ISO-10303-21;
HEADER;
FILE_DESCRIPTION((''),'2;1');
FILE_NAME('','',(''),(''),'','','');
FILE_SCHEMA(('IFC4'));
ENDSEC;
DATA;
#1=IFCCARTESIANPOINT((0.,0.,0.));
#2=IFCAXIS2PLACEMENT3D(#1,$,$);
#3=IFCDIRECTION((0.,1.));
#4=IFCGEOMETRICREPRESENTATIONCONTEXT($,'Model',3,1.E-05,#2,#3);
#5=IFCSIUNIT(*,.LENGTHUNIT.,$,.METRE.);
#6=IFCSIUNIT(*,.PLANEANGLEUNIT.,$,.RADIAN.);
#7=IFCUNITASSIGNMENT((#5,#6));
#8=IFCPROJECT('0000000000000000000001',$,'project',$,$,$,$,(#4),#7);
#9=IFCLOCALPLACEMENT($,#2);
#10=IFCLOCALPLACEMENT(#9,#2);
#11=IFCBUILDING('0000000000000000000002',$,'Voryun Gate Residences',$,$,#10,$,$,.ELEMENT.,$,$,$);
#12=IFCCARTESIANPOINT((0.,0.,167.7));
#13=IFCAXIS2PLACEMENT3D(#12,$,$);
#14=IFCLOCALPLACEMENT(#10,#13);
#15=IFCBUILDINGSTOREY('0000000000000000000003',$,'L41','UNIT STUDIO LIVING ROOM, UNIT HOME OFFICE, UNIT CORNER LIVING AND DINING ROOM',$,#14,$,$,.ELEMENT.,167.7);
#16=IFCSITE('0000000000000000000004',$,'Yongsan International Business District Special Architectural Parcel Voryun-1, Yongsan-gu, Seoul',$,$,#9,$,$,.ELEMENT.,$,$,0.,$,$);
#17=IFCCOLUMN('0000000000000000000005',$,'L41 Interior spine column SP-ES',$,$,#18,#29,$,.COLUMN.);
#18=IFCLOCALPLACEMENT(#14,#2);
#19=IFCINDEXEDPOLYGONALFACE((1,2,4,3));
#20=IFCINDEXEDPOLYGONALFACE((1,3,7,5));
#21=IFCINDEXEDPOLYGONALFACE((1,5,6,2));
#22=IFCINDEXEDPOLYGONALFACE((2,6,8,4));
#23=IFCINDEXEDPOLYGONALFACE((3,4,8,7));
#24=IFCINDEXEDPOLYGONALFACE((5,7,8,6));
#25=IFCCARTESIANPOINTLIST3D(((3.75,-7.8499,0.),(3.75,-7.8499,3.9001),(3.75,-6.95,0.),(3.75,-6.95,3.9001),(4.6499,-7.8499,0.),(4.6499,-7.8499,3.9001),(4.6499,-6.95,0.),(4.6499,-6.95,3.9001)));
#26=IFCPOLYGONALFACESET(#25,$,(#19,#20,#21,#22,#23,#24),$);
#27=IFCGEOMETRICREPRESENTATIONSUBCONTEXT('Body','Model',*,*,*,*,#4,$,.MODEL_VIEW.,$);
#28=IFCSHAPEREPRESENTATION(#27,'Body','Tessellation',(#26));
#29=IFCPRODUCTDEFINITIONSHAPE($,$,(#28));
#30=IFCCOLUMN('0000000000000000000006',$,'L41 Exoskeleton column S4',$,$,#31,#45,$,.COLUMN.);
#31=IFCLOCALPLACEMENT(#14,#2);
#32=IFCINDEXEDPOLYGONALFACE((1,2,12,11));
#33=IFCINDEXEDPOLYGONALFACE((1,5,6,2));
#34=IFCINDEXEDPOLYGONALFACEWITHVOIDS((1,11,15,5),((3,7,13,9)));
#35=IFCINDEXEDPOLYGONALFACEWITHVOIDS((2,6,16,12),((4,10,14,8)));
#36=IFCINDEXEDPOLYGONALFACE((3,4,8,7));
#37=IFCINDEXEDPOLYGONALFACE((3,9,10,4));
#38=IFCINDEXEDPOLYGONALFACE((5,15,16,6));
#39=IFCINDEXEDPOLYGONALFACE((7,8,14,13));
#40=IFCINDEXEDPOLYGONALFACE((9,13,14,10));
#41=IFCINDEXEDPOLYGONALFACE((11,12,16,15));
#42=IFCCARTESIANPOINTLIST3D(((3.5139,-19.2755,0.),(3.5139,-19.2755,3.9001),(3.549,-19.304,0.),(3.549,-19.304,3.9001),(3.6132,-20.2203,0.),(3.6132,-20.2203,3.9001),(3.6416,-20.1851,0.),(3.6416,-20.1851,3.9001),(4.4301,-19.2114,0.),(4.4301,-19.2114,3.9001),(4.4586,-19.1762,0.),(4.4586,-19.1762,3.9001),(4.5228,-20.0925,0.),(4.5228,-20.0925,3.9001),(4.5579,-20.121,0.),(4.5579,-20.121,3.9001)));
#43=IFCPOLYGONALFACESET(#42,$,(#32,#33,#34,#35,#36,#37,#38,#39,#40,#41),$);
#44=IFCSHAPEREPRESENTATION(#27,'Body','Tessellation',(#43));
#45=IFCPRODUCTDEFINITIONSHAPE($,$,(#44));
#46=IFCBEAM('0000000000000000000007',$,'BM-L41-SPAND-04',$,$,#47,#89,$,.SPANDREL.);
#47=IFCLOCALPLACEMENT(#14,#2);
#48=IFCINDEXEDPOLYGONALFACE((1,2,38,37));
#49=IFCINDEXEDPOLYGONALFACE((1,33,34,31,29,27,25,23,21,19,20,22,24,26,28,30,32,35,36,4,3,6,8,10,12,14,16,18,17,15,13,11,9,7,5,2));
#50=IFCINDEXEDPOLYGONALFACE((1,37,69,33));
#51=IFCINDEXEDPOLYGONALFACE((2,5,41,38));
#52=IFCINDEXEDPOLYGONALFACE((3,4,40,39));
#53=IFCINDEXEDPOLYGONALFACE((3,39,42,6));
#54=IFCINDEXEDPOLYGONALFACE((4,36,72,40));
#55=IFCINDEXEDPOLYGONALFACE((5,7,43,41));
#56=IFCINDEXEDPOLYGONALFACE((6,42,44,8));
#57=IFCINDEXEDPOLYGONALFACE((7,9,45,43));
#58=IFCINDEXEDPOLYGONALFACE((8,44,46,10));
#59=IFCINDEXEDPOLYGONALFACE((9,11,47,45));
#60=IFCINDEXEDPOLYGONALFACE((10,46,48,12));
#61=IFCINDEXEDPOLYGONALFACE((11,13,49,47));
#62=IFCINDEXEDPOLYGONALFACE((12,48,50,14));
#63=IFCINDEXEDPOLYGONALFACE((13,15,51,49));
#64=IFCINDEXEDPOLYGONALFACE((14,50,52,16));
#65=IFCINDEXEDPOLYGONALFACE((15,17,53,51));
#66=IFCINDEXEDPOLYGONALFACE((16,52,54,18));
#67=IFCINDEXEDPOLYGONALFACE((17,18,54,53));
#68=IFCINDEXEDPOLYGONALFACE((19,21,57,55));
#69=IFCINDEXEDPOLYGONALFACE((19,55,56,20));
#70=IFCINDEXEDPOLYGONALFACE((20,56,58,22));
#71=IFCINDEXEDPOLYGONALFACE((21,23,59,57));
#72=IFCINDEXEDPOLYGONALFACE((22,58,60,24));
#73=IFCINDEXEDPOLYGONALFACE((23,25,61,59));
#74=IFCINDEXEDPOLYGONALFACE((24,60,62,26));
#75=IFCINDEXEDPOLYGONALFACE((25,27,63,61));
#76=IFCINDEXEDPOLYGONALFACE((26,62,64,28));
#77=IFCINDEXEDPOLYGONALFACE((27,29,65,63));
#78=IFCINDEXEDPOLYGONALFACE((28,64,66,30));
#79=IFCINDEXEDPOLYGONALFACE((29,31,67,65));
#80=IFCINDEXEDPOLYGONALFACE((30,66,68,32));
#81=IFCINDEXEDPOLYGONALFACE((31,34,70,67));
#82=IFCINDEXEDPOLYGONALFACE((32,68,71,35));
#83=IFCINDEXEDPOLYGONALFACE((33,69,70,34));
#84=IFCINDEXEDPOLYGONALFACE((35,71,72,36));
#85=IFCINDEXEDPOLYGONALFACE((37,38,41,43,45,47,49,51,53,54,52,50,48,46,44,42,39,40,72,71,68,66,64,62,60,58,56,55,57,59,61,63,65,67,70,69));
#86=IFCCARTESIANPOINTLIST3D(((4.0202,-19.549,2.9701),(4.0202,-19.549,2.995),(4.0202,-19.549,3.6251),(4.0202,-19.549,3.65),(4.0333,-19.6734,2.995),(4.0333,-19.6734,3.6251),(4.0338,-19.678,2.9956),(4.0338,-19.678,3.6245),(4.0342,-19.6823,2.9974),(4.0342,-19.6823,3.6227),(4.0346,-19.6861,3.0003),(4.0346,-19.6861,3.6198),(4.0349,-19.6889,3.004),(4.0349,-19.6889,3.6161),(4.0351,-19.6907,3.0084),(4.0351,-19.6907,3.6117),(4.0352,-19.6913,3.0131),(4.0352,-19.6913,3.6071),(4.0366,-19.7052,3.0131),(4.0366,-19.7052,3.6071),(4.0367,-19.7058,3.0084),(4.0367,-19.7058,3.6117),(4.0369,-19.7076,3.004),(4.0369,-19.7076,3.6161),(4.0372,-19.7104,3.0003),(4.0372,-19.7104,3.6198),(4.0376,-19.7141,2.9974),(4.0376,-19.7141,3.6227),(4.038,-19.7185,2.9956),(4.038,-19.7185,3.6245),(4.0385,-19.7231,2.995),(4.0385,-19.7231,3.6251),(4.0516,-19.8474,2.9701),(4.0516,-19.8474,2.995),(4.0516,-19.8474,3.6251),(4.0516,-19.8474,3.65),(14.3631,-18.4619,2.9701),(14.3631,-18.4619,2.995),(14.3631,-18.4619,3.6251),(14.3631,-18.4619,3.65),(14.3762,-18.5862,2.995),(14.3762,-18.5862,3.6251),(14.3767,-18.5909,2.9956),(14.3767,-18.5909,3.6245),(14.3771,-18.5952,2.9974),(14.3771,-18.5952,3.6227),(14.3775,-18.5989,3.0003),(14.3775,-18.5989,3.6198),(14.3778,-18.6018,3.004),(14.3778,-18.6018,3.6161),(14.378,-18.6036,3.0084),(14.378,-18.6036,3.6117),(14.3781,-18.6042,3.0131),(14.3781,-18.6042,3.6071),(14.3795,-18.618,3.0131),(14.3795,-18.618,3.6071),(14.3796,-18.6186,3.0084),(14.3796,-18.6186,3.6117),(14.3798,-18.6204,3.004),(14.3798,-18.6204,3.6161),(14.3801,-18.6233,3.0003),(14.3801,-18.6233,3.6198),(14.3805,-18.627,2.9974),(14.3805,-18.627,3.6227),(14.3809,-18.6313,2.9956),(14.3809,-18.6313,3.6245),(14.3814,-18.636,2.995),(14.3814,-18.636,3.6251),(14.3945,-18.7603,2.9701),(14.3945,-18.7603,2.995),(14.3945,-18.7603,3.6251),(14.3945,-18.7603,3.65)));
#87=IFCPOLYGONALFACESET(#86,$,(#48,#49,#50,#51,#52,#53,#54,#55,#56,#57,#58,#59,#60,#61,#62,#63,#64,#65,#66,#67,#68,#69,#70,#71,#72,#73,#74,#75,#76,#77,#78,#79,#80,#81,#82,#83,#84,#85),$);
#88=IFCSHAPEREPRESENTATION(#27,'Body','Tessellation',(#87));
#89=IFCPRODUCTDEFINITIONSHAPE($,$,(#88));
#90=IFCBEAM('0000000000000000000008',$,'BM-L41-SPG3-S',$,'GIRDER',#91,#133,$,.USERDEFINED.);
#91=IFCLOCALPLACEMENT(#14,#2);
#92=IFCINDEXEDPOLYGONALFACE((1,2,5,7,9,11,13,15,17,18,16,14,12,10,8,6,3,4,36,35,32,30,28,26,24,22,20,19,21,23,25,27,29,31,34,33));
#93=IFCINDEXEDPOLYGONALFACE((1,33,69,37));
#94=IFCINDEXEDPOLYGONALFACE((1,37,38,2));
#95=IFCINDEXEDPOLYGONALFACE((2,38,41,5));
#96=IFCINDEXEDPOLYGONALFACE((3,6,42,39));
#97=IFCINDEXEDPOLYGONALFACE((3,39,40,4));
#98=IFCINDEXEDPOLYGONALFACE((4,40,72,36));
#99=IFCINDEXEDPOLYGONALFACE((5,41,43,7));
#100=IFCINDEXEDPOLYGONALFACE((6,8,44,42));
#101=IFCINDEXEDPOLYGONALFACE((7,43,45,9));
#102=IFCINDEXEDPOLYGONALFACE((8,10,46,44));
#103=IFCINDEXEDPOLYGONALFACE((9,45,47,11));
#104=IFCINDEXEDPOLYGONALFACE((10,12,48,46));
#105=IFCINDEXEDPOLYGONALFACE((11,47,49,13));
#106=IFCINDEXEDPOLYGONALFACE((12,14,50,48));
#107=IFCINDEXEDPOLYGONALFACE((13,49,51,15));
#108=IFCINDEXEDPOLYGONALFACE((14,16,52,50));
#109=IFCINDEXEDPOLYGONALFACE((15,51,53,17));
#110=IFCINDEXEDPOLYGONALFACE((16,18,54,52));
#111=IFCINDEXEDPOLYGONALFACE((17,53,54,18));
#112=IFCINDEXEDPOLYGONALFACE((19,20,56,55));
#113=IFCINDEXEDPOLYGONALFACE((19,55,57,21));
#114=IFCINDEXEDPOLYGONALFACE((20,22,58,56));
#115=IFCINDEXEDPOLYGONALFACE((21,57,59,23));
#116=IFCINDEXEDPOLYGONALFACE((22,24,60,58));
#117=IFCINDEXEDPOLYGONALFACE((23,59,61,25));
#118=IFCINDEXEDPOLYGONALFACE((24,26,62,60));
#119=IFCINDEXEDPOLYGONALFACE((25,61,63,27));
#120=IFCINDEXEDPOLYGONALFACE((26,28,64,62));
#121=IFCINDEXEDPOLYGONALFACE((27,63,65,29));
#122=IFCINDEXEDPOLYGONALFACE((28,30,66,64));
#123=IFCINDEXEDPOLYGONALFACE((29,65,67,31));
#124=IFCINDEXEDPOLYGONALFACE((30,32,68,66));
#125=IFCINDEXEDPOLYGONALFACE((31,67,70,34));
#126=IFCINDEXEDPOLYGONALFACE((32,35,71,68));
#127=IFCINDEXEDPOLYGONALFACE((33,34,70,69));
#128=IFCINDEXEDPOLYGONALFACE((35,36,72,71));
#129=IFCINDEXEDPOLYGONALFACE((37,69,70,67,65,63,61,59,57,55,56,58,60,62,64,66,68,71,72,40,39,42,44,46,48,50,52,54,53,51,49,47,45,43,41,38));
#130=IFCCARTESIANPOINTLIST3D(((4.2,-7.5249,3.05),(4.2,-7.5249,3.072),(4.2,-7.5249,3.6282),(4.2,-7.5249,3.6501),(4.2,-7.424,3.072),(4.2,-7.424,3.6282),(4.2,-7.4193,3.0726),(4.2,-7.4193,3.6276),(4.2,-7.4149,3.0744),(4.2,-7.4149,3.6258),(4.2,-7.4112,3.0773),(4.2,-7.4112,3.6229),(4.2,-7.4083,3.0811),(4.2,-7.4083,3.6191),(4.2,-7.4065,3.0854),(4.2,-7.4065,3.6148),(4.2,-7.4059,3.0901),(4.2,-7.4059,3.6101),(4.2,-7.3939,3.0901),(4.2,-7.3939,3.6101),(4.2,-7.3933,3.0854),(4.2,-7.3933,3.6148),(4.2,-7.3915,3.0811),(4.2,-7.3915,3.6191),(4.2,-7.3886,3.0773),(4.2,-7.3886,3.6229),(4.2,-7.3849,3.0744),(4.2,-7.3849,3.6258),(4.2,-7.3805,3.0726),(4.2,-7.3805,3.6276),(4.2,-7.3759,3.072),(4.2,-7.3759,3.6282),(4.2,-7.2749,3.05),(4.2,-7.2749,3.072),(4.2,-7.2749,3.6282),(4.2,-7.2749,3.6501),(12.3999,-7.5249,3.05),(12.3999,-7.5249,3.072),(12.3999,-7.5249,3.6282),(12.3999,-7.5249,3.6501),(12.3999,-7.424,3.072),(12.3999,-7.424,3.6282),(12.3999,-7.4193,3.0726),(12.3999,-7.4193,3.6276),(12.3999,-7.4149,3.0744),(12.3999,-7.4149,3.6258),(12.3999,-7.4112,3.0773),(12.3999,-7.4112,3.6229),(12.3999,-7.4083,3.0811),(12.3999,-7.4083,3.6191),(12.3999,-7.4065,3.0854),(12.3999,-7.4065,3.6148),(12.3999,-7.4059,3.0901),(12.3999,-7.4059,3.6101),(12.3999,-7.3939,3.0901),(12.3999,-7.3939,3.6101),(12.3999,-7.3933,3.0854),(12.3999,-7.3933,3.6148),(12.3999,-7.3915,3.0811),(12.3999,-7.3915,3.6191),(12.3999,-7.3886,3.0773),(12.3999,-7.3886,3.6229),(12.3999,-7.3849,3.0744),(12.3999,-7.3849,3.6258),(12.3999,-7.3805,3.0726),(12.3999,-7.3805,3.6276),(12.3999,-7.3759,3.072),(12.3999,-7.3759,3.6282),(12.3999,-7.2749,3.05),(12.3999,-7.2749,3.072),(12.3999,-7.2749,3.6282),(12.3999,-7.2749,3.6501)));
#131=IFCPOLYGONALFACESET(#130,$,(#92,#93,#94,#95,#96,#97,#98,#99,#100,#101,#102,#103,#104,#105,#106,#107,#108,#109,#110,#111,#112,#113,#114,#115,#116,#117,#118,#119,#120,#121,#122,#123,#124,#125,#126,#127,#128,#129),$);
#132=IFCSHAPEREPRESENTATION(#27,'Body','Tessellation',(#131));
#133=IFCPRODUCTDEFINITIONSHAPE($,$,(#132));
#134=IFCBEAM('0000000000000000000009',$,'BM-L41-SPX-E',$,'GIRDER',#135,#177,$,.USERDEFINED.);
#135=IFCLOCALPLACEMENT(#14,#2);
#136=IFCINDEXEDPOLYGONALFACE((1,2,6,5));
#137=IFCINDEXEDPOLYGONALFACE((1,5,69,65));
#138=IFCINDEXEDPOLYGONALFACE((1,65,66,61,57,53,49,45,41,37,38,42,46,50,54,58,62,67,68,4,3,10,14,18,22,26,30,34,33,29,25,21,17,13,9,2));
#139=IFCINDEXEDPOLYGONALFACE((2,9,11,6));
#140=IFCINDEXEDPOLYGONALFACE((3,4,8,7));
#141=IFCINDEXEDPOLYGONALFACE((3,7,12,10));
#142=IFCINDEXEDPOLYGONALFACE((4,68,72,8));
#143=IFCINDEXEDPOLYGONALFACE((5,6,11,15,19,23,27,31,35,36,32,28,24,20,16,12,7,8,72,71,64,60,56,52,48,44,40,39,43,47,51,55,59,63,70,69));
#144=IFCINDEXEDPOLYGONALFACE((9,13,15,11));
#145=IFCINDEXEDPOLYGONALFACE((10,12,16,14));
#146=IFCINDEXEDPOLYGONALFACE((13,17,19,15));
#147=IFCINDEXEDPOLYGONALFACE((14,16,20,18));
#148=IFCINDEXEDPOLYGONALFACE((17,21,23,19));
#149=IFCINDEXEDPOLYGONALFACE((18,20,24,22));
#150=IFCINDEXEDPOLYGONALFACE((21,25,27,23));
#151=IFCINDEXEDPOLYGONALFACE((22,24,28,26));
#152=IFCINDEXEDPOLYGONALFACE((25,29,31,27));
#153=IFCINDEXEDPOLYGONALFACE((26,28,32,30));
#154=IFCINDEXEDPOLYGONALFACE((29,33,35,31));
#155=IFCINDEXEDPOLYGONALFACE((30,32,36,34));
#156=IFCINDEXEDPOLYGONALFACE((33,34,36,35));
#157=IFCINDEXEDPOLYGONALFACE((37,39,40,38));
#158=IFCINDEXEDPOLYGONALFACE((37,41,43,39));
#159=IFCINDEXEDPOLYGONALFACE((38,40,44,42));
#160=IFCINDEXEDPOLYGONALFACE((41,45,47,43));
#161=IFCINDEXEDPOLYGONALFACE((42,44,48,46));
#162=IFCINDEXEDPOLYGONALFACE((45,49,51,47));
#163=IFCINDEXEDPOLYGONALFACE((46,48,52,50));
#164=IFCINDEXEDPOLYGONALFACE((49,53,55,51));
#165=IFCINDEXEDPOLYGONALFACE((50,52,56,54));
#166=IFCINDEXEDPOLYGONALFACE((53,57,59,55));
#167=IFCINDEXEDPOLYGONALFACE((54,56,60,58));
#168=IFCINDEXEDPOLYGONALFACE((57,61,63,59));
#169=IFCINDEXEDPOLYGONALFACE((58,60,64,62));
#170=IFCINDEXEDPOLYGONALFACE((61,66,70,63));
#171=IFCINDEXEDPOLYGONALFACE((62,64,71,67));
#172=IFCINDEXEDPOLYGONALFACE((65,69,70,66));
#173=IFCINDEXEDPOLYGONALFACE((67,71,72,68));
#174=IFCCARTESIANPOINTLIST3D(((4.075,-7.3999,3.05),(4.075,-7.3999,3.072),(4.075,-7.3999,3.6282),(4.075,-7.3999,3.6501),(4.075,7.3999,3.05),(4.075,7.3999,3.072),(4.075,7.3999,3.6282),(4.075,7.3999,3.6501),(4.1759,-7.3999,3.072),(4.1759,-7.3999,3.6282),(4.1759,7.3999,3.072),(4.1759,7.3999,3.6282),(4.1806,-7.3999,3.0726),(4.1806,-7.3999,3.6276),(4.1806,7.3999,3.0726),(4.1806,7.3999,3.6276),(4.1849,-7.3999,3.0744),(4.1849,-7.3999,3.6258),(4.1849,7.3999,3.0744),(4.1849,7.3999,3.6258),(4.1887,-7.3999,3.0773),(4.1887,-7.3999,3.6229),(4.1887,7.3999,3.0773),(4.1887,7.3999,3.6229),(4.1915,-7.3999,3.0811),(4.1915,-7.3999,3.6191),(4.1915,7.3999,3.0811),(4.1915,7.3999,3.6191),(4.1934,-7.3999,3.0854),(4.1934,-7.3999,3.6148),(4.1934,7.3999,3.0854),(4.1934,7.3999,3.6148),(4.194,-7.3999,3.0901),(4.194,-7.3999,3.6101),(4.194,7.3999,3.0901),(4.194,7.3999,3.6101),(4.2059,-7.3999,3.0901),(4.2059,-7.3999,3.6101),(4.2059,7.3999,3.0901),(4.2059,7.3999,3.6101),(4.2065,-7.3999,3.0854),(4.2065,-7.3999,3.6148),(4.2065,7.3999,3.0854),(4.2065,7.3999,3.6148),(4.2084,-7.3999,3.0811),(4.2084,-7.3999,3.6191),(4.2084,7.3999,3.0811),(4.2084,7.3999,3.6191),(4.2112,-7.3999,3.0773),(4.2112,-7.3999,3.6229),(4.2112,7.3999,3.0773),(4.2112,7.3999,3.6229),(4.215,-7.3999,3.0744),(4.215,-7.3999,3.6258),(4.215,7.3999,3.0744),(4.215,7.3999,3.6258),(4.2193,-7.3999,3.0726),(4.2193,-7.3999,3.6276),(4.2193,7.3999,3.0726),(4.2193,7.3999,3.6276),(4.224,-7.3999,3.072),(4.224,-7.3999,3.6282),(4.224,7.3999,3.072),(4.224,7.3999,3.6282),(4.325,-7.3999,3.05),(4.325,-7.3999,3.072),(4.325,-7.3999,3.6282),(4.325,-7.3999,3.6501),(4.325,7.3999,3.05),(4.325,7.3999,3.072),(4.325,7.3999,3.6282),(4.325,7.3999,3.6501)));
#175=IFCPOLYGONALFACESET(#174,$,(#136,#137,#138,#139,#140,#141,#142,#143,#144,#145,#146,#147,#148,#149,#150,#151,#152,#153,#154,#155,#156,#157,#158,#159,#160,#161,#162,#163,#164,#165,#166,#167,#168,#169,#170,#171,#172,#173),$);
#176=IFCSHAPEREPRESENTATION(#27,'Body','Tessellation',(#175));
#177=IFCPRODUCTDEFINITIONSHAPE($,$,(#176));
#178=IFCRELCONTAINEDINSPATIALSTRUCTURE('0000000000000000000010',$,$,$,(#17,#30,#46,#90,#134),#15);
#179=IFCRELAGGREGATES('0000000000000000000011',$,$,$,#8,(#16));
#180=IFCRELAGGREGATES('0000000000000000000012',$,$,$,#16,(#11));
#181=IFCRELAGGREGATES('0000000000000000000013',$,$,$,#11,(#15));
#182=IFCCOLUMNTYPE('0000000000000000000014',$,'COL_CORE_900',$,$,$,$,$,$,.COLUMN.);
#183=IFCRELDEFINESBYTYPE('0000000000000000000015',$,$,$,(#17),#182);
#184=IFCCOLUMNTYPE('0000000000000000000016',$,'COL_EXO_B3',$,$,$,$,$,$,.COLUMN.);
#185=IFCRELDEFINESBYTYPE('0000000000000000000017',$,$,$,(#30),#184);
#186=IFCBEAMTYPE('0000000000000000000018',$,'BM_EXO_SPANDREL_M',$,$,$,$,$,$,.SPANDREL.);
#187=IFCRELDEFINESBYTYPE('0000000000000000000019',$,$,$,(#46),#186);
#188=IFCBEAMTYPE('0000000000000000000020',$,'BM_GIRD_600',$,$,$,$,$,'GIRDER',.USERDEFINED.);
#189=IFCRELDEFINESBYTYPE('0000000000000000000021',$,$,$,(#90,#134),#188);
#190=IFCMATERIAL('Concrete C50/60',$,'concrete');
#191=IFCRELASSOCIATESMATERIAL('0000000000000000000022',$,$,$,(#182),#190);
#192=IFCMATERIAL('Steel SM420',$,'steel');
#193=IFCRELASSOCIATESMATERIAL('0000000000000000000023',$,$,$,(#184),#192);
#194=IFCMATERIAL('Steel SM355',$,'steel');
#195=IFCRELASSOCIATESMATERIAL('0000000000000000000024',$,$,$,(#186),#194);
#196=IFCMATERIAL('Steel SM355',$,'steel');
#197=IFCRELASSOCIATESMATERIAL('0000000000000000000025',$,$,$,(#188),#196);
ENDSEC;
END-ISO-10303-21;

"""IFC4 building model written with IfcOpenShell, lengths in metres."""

from ifc_helpers import new_model, si_unit, direction, frame, origin, origin_2d, place, context, subcontext, project, spatial, rectangle, hollow_rectangle, i_section, extrude, material, material_profile, profile_set, type_object, element, save


model = new_model("IFC4")

# Units and contexts
model_context = context("Model", 3, precision=1e-05, world=origin(), true_north=direction((0.0, 1.0)))
body_context = subcontext(model_context, "Body", "Model", "MODEL_VIEW")
ifc_project = project(units=[si_unit("LENGTHUNIT", "METRE"), si_unit("PLANEANGLEUNIT", "RADIAN")], contexts=[model_context])

# Site, building, storey
site_placement = place(None, origin())
site = spatial("IfcSite", under=ifc_project, at=site_placement, Name="Yongsan International Business District Special Architectural Parcel Voryun-1, Yongsan-gu, Seoul", CompositionType="ELEMENT", RefElevation=0.0)
building_placement = place(site_placement, origin())
building = spatial("IfcBuilding", under=site, at=building_placement, Name="Voryun Gate Residences", CompositionType="ELEMENT")
storey_placement = place(building_placement, frame((0.0, 0.0, 167.7)))
storey = spatial("IfcBuildingStorey", under=building, at=storey_placement, Name="L41", Description="UNIT STUDIO LIVING ROOM, UNIT HOME OFFICE, UNIT CORNER LIVING AND DINING ROOM", CompositionType="ELEMENT", Elevation=167.7)

# Columns
ifc_material_1 = material(Name="Concrete C50/60", Category="concrete")
ifc_material_profile_1 = material_profile(ifc_material_1, rectangle(XDim=0.8999, YDim=0.8999, at=origin_2d()), Name="RC-900x900")
ifc_profile_set_1 = profile_set([ifc_material_profile_1], Name="Concrete C50/60")
column_type_1 = type_object("IfcColumnType", Name="COL_CORE_900", PredefinedType="COLUMN", material=ifc_profile_set_1)
column_1_placement = place(storey_placement, frame((4.2, -7.3999, 0.0), z_axis=(0.0, 0.0, 1.0), x_axis=(1.0, 0.0, 0.0)))
element("IfcColumn", 1, at=column_1_placement, inside=storey, type_object=column_type_1, Name="L41 Interior spine column SP-ES", PredefinedType="COLUMN", context=body_context, shape_type="SweptSolid", body=[
    extrude(rectangle(XDim=0.8999, YDim=0.8999, at=origin_2d()), origin(), (0.0, 0.0, 1.0), 3.9001),
])
ifc_material_2 = material(Name="Steel SM420", Category="steel")
ifc_material_profile_2 = material_profile(ifc_material_2, hollow_rectangle(XDim=0.95, YDim=0.95, WallThickness=0.032, at=origin_2d()), Name="BOX-950x950x32")
ifc_profile_set_2 = profile_set([ifc_material_profile_2], Name="Steel SM420")
column_type_2 = type_object("IfcColumnType", Name="COL_EXO_B3", PredefinedType="COLUMN", material=ifc_profile_set_2)
column_2_placement = place(storey_placement, frame((4.0359, -19.6982, 0.0), z_axis=(0.0, 0.0, 1.0), x_axis=(0.994522, 0.104528, 0.0)))
element("IfcColumn", 2, at=column_2_placement, inside=storey, type_object=column_type_2, Name="L41 Exoskeleton column S4", PredefinedType="COLUMN", context=body_context, shape_type="SweptSolid", body=[
    extrude(hollow_rectangle(XDim=0.95, YDim=0.95, WallThickness=0.032, at=origin_2d()), origin(), (0.0, 0.0, 1.0), 3.9001),
])

# Beams
ifc_material_3 = material(Name="Steel SM355", Category="steel")
ifc_material_profile_3 = material_profile(ifc_material_3, i_section(OverallWidth=0.3, OverallDepth=0.6799, WebThickness=0.0139, FlangeThickness=0.0249, FilletRadius=0.0181, at=origin_2d()), Name="H-680x300x14x25")
ifc_profile_set_3 = profile_set([ifc_material_profile_3], Name="Steel SM355")
beam_type_1 = type_object("IfcBeamType", Name="BM_EXO_SPANDREL_M", PredefinedType="SPANDREL", material=ifc_profile_set_3)
beam_1_placement = place(storey_placement, frame((4.0359, -19.6982, 3.3101), z_axis=(0.994521, 0.104534, 0.0), x_axis=(-0.104534, 0.994521, 0.0)))
element("IfcBeam", 3, at=beam_1_placement, inside=storey, type_object=beam_type_1, Name="BM-L41-SPAND-04", PredefinedType="SPANDREL", context=body_context, shape_type="SweptSolid", body=[
    extrude(i_section(OverallWidth=0.3, OverallDepth=0.6799, WebThickness=0.0139, FlangeThickness=0.0249, FilletRadius=0.0181, at=origin_2d()), origin(), (0.0, 0.0, 1.0), 10.3999),
])
ifc_material_4 = material(Name="Steel SM355", Category="steel")
ifc_material_profile_4 = material_profile(ifc_material_4, i_section(OverallWidth=0.25, OverallDepth=0.6001, WebThickness=0.012, FlangeThickness=0.022, FilletRadius=0.0181, at=origin_2d()), Name="H-600x250x12x22")
ifc_profile_set_4 = profile_set([ifc_material_profile_4], Name="Steel SM355")
beam_type_2 = type_object("IfcBeamType", Name="BM_GIRD_600", ElementType="GIRDER", PredefinedType="USERDEFINED", material=ifc_profile_set_4)
beam_2_placement = place(storey_placement, frame((4.2, -7.3999, 3.3501), z_axis=(1.0, 0.0, 0.0), x_axis=(0.0, 1.0, 0.0)))
element("IfcBeam", 4, at=beam_2_placement, inside=storey, type_object=beam_type_2, Name="BM-L41-SPG3-S", ObjectType="GIRDER", PredefinedType="USERDEFINED", context=body_context, shape_type="SweptSolid", body=[
    extrude(i_section(OverallWidth=0.25, OverallDepth=0.6001, WebThickness=0.012, FlangeThickness=0.022, FilletRadius=0.0181, at=origin_2d()), origin(), (0.0, 0.0, 1.0), 8.2),
])
beam_3_placement = place(storey_placement, frame((4.2, -7.3999, 3.3501), z_axis=(0.0, 1.0, 0.0), x_axis=(-1.0, 0.0, 0.0)))
element("IfcBeam", 5, at=beam_3_placement, inside=storey, type_object=beam_type_2, Name="BM-L41-SPX-E", ObjectType="GIRDER", PredefinedType="USERDEFINED", context=body_context, shape_type="SweptSolid", body=[
    extrude(i_section(OverallWidth=0.25, OverallDepth=0.6001, WebThickness=0.012, FlangeThickness=0.022, FilletRadius=0.0181, at=origin_2d()), origin(), (0.0, 0.0, 1.0), 14.7998),
])

save(model, "model.ifc")
